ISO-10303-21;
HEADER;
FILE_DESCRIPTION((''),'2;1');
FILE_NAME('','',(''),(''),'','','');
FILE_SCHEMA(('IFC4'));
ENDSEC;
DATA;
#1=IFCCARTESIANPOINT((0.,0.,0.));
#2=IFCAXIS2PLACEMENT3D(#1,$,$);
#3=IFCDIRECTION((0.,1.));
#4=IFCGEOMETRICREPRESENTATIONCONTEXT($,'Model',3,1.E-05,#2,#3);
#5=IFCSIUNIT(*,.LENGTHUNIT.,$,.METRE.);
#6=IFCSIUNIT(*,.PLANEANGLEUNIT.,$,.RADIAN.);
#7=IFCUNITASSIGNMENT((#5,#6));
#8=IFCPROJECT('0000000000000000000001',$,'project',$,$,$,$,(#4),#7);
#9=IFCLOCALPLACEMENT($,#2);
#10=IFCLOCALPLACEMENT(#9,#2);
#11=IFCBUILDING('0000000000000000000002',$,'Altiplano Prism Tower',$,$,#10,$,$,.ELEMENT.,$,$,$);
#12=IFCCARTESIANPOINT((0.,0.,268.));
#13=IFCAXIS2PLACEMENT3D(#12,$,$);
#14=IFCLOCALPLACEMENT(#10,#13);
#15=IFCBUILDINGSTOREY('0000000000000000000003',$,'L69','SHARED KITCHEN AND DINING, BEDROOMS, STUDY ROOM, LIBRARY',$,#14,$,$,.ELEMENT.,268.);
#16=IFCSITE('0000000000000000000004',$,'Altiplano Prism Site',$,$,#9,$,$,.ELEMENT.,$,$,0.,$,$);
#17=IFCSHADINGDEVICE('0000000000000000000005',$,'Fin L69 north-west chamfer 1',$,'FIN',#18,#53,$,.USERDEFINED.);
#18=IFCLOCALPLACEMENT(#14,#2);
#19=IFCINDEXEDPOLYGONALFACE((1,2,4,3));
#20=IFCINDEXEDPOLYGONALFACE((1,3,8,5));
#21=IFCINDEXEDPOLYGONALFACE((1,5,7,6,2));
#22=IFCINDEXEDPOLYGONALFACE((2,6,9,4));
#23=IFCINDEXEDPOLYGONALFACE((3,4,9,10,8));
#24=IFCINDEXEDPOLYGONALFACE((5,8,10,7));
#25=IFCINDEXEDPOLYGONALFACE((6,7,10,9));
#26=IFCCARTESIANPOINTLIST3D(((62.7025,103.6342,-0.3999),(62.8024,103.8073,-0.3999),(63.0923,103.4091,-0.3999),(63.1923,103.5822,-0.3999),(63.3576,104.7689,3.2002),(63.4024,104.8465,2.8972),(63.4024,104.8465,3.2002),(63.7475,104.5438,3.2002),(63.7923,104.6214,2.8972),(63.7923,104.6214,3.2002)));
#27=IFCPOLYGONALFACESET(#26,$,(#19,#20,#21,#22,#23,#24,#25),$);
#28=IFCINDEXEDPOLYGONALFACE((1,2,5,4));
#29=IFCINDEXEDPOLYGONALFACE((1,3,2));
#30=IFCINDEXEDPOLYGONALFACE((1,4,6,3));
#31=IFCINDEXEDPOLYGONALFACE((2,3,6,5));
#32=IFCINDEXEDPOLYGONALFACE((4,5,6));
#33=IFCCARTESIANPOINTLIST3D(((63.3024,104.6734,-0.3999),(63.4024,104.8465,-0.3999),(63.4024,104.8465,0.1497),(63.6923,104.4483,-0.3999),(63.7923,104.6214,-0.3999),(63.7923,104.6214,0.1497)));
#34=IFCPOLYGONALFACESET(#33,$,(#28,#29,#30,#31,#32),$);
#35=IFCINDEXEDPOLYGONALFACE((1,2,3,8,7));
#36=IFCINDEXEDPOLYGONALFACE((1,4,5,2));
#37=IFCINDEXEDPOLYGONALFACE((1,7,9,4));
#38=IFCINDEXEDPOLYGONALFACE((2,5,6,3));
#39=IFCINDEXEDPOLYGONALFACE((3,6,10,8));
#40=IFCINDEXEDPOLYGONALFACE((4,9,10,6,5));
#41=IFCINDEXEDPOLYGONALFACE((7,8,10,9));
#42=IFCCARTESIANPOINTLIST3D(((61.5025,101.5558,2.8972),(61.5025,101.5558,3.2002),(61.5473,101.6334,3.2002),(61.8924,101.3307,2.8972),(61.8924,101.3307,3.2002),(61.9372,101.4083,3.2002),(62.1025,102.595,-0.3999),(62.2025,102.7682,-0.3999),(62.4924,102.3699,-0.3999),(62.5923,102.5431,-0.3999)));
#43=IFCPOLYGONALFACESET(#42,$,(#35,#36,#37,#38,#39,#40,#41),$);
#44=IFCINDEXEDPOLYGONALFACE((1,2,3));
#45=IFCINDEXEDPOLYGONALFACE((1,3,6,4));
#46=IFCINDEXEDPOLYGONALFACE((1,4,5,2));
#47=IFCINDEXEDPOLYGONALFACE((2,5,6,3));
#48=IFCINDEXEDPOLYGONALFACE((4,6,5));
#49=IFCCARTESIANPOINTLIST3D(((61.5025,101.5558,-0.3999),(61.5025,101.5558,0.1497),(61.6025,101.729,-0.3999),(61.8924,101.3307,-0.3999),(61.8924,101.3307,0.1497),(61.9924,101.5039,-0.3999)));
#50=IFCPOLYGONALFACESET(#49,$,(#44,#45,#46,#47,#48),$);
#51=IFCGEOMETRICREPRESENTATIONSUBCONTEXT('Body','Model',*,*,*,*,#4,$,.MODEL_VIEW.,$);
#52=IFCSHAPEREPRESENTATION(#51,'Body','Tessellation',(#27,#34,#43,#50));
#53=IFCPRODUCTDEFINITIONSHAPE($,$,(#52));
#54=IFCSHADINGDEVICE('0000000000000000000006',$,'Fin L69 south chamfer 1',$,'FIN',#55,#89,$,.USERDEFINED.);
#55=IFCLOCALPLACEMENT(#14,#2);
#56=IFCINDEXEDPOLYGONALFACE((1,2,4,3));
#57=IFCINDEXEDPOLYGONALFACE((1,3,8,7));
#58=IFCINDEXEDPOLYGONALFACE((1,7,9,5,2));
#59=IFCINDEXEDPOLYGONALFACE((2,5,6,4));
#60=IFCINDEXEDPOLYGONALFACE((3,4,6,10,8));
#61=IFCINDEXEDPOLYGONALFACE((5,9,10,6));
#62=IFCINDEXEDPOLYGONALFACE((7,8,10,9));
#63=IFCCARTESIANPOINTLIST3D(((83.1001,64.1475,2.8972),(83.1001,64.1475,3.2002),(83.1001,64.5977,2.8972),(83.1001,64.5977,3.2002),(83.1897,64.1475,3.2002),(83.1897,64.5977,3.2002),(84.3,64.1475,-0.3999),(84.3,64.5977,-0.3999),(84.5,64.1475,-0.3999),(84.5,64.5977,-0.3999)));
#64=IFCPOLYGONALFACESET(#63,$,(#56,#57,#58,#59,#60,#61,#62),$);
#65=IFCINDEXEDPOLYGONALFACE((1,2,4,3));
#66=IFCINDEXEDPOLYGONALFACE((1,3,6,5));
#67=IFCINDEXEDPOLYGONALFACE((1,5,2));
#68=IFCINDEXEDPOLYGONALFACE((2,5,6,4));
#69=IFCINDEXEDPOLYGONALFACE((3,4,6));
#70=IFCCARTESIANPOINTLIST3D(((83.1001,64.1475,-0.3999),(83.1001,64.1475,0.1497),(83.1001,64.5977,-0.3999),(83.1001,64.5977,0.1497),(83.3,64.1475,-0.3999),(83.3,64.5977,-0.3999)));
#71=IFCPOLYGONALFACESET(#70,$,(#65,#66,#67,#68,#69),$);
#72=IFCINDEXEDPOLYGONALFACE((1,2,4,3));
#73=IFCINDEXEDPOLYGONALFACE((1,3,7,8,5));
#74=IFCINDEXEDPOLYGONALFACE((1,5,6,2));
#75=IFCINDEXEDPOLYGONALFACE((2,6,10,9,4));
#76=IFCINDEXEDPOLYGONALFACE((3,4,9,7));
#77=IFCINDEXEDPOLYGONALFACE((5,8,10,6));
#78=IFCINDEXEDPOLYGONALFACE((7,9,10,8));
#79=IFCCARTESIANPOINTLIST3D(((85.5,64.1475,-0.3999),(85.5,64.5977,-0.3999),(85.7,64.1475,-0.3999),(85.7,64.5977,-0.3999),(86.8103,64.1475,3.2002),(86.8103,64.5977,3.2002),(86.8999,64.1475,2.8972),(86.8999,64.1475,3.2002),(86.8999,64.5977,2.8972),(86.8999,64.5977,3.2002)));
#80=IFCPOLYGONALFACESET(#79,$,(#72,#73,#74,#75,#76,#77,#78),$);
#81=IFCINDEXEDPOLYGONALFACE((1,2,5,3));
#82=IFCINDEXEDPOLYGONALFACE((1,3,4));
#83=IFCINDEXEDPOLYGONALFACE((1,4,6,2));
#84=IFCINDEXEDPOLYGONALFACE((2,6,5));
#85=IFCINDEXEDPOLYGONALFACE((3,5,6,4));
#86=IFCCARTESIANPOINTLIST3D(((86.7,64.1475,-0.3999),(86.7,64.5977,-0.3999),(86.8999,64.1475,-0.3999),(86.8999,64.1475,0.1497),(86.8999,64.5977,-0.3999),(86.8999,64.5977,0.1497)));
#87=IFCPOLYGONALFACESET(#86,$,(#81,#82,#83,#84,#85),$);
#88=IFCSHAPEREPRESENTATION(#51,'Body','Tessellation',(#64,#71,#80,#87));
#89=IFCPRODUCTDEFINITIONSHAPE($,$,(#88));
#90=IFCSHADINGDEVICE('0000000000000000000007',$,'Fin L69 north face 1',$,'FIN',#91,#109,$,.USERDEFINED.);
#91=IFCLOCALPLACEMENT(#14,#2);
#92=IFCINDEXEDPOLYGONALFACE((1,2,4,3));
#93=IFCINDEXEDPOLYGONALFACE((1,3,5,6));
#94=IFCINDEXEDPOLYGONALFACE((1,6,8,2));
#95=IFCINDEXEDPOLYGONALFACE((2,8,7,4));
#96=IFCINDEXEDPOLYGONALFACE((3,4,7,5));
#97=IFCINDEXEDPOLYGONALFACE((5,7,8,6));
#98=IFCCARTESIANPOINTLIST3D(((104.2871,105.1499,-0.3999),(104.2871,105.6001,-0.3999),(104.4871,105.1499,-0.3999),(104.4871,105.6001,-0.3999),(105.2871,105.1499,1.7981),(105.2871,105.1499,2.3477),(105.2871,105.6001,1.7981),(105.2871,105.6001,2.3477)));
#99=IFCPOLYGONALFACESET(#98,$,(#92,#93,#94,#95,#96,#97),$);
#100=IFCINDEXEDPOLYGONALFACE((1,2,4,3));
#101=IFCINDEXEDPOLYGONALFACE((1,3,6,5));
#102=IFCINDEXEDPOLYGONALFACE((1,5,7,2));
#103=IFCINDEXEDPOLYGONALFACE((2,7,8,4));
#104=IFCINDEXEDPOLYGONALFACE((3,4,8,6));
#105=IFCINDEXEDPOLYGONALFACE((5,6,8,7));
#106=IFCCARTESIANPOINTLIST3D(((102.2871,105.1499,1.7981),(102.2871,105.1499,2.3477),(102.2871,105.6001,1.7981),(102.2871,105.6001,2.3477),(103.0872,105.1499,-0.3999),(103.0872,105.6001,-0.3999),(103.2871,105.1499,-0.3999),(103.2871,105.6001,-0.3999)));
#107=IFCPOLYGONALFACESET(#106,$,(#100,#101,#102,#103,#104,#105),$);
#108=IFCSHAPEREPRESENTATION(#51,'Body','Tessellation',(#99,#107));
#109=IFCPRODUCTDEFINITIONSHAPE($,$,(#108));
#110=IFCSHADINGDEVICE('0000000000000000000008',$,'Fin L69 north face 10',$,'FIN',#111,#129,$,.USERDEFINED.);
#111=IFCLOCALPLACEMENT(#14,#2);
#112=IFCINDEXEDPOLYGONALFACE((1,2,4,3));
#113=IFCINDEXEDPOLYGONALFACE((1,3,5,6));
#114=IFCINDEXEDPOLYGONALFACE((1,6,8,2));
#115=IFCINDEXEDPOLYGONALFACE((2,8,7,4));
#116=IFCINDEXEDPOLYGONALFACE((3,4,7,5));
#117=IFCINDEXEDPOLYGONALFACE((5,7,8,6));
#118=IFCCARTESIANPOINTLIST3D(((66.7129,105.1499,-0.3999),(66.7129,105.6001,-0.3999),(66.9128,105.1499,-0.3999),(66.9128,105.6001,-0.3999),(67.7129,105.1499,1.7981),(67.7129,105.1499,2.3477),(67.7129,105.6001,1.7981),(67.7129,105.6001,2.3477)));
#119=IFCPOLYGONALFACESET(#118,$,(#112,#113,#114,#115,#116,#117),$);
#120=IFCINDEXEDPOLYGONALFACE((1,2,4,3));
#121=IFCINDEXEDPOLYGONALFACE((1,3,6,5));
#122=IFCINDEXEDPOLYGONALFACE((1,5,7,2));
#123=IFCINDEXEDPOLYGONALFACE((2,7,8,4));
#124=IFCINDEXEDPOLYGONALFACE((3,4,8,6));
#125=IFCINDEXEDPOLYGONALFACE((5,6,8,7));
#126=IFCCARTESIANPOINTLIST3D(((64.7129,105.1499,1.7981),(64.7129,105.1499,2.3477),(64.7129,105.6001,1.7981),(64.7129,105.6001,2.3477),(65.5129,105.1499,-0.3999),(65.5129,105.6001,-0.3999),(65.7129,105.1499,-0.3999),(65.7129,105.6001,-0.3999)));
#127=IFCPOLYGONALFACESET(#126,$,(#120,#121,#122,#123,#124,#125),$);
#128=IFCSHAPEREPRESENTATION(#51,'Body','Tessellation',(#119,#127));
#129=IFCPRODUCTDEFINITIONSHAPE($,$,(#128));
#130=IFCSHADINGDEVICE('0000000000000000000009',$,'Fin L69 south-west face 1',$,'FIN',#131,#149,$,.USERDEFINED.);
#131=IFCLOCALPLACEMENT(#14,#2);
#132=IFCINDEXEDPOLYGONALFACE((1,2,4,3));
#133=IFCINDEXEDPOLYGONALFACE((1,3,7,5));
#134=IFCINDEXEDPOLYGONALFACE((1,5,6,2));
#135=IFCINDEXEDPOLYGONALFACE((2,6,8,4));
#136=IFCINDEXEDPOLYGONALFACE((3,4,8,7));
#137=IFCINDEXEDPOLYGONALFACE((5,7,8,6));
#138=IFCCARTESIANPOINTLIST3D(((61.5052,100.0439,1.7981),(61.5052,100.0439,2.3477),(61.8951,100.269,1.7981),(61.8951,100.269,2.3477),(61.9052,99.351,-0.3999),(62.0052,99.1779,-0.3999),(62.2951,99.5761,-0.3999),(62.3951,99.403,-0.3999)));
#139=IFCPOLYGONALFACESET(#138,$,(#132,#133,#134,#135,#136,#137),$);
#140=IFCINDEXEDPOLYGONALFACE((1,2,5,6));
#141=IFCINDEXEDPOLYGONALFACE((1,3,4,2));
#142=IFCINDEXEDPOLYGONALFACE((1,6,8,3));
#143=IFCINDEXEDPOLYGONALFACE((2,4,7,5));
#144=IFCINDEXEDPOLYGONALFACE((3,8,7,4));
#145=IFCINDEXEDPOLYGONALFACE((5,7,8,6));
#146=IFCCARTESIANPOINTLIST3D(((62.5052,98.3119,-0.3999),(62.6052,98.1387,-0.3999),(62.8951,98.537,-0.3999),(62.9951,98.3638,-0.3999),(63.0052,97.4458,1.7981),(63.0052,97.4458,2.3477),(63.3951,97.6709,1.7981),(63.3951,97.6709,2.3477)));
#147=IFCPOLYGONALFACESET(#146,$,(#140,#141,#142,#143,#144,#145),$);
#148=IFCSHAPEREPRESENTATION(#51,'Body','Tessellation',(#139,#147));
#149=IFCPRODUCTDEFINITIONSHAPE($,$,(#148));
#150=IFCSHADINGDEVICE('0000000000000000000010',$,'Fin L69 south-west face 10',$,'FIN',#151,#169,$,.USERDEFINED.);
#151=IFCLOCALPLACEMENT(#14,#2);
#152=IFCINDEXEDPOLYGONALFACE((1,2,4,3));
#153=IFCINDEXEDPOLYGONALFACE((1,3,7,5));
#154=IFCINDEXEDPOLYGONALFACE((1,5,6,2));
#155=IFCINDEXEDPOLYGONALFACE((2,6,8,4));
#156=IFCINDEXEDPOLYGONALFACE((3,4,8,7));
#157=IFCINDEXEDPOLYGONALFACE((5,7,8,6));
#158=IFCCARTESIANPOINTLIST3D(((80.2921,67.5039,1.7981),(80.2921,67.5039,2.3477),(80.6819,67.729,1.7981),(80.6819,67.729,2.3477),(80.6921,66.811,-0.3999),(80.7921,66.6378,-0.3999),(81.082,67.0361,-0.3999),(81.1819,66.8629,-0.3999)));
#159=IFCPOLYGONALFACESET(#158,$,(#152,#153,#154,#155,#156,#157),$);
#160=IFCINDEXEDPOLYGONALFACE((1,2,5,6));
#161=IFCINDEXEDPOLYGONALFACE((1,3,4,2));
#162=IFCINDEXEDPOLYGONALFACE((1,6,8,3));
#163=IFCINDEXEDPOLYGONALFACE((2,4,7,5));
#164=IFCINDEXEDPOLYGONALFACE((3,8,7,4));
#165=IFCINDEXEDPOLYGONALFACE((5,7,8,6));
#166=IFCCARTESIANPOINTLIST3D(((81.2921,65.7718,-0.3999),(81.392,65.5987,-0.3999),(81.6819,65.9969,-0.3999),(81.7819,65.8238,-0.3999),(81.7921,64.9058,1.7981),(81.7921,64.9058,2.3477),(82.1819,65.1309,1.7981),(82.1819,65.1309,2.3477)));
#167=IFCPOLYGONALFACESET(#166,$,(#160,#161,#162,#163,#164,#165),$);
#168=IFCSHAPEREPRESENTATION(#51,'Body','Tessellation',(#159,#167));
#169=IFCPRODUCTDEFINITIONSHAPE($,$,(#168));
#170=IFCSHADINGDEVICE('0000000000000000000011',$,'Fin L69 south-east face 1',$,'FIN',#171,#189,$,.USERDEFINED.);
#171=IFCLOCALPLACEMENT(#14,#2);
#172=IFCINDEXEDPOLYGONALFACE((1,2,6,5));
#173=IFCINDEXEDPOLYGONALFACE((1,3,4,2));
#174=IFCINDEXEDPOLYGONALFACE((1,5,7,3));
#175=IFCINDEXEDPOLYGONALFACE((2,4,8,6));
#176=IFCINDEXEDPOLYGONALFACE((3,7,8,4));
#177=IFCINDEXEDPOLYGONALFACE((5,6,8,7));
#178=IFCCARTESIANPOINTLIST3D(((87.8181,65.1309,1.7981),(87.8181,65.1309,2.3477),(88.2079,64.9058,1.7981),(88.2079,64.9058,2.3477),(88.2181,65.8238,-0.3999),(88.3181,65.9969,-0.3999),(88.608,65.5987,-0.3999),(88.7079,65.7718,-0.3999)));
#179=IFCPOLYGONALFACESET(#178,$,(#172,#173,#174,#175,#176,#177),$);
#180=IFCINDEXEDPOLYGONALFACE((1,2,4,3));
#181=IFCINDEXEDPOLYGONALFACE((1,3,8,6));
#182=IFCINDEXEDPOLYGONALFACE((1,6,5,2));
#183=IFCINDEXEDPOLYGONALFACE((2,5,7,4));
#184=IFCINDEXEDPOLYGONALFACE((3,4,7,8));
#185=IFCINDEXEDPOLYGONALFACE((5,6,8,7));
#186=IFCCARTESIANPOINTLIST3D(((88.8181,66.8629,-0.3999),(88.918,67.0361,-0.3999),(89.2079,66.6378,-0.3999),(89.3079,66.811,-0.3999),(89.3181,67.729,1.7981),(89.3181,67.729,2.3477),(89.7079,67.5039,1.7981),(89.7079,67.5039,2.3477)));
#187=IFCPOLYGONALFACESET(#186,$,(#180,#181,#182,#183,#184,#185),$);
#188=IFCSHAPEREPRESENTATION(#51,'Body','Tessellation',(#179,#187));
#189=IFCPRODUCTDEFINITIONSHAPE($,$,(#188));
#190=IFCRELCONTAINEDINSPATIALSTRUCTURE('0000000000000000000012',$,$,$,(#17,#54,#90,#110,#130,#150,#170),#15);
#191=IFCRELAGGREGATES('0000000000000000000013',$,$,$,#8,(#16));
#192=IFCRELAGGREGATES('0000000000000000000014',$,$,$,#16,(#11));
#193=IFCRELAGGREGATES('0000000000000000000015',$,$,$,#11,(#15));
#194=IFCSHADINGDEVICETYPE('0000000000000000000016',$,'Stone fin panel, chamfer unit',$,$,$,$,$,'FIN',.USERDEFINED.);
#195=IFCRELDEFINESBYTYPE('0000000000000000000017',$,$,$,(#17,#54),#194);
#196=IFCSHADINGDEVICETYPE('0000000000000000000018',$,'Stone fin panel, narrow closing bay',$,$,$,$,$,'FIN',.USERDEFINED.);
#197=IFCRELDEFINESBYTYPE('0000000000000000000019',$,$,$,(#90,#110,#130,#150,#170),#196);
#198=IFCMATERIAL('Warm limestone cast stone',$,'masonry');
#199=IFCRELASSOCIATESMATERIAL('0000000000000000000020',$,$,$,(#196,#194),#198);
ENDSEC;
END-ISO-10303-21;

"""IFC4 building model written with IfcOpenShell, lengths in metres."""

from ifc_helpers import new_model, si_unit, direction, frame, origin, place, context, subcontext, project, spatial, polyline, outline, extrude, source, transform, mapped, material, type_object, element, save


model = new_model("IFC4")

# Units and contexts
model_context = context("Model", 3, precision=1e-05, world=origin(), true_north=direction((0.0, 1.0)))
body_context = subcontext(model_context, "Body", "Model", "MODEL_VIEW")
ifc_project = project(units=[si_unit("LENGTHUNIT", "METRE"), si_unit("PLANEANGLEUNIT", "RADIAN")], contexts=[model_context])

# Site, building, storey
site_placement = place(None, origin())
site = spatial("IfcSite", under=ifc_project, at=site_placement, Name="Altiplano Prism Site", CompositionType="ELEMENT", RefElevation=0.0)
building_placement = place(site_placement, origin())
building = spatial("IfcBuilding", under=site, at=building_placement, Name="Altiplano Prism Tower", CompositionType="ELEMENT")
storey_placement = place(building_placement, frame((0.0, 0.0, 268.0)))
storey = spatial("IfcBuildingStorey", under=building, at=storey_placement, Name="L69", Description="SHARED KITCHEN AND DINING, BEDROOMS, STUDY ROOM, LIBRARY", CompositionType="ELEMENT", Elevation=268.0)

# Shading devices
ifc_material_1 = material(Name="Warm limestone cast stone", Category="masonry")
shading_device_type_1 = type_object("IfcShadingDeviceType", Name="Stone fin panel, narrow closing bay", ElementType="FIN", PredefinedType="USERDEFINED", material=ifc_material_1)
shading_device_type_2 = type_object("IfcShadingDeviceType", Name="Stone fin panel, chamfer unit", ElementType="FIN", PredefinedType="USERDEFINED", material=ifc_material_1)
shared_shape_1 = source(origin(), body_context, "Body", "SweptSolid", [
    extrude(outline(polyline([(-1.8999, 3.6001), (-1.8999, 3.2971), (-0.7, 0.0), (-0.5, 0.0), (-1.8103, 3.6001), (-1.8999, 3.6001)])), frame((0.0, -0.1499, 0.0), z_axis=(0.0, -1.0, 0.0), x_axis=(1.0, 0.0, 0.0)), (0.0, 0.0, 1.0), 0.4502),
    extrude(outline(polyline([(-1.8999, 0.5496), (-1.8999, 0.0), (-1.7, 0.0), (-1.8999, 0.5496)])), frame((0.0, -0.1499, 0.0), z_axis=(0.0, -1.0, 0.0), x_axis=(1.0, 0.0, 0.0)), (0.0, 0.0, 1.0), 0.4502),
    extrude(outline(polyline([(1.8103, 3.6001), (0.5, 0.0), (0.7, 0.0), (1.8999, 3.2971), (1.8999, 3.6001), (1.8103, 3.6001)])), frame((0.0, -0.1499, 0.0), z_axis=(0.0, -1.0, 0.0), x_axis=(1.0, 0.0, 0.0)), (0.0, 0.0, 1.0), 0.4502),
    extrude(outline(polyline([(1.8999, 0.0), (1.8999, 0.5496), (1.7, 0.0), (1.8999, 0.0)])), frame((0.0, -0.1499, 0.0), z_axis=(0.0, -1.0, 0.0), x_axis=(1.0, 0.0, 0.0)), (0.0, 0.0, 1.0), 0.4502),
])
shading_device_1_placement = place(storey_placement, origin())
element("IfcShadingDevice", 1, at=shading_device_1_placement, inside=storey, type_object=shading_device_type_2, Name="Fin L69 north-west chamfer 1", ObjectType="FIN", PredefinedType="USERDEFINED", context=body_context, shape_type="MappedRepresentation", body=[
    mapped(shared_shape_1, transform((62.9722, 102.9011, -0.3999), x_axis=(-0.5, -0.866025, 0.0), y_axis=(0.866025, -0.5, 0.0), z_axis=(0.0, 0.0, 1.0))),
])
shading_device_2_placement = place(storey_placement, origin())
element("IfcShadingDevice", 2, at=shading_device_2_placement, inside=storey, type_object=shading_device_type_2, Name="Fin L69 south chamfer 1", ObjectType="FIN", PredefinedType="USERDEFINED", context=body_context, shape_type="MappedRepresentation", body=[
    mapped(shared_shape_1, transform((85.0, 64.7476, -0.3999), x_axis=(1.0, 0.0, 0.0), y_axis=(0.0, 1.0, 0.0), z_axis=(0.0, 0.0, 1.0))),
])
shared_shape_2 = source(origin(), body_context, "Body", "SweptSolid", [
    extrude(outline(polyline([(-1.5, 2.7476), (-1.5, 2.198), (-0.7, 0.0), (-0.5, 0.0), (-1.5, 2.7476)])), frame((0.0, -0.1499, 0.0), z_axis=(0.0, -1.0, 0.0), x_axis=(1.0, 0.0, 0.0)), (0.0, 0.0, 1.0), 0.4502),
    extrude(outline(polyline([(1.5, 2.198), (1.5, 2.7476), (0.5, 0.0), (0.7, 0.0), (1.5, 2.198)])), frame((0.0, -0.1499, 0.0), z_axis=(0.0, -1.0, 0.0), x_axis=(1.0, 0.0, 0.0)), (0.0, 0.0, 1.0), 0.4502),
])
shading_device_3_placement = place(storey_placement, origin())
element("IfcShadingDevice", 3, at=shading_device_3_placement, inside=storey, type_object=shading_device_type_1, Name="Fin L69 north face 1", ObjectType="FIN", PredefinedType="USERDEFINED", context=body_context, shape_type="MappedRepresentation", body=[
    mapped(shared_shape_2, transform((103.7871, 105.0, -0.3999), x_axis=(-1.0, 0.0, 0.0), y_axis=(0.0, -1.0, 0.0), z_axis=(0.0, 0.0, 1.0))),
])
shading_device_4_placement = place(storey_placement, origin())
element("IfcShadingDevice", 4, at=shading_device_4_placement, inside=storey, type_object=shading_device_type_1, Name="Fin L69 north face 10", ObjectType="FIN", PredefinedType="USERDEFINED", context=body_context, shape_type="MappedRepresentation", body=[
    mapped(shared_shape_2, transform((66.2129, 105.0, -0.3999), x_axis=(-1.0, 0.0, 0.0), y_axis=(0.0, -1.0, 0.0), z_axis=(0.0, 0.0, 1.0))),
])
shading_device_5_placement = place(storey_placement, origin())
element("IfcShadingDevice", 5, at=shading_device_5_placement, inside=storey, type_object=shading_device_type_1, Name="Fin L69 south-west face 1", ObjectType="FIN", PredefinedType="USERDEFINED", context=body_context, shape_type="MappedRepresentation", body=[
    mapped(shared_shape_2, transform((62.7749, 99.0449, -0.3999), x_axis=(0.5, -0.866025, 0.0), y_axis=(0.866025, 0.5, 0.0), z_axis=(0.0, 0.0, 1.0))),
])
shading_device_6_placement = place(storey_placement, origin())
element("IfcShadingDevice", 6, at=shading_device_6_placement, inside=storey, type_object=shading_device_type_1, Name="Fin L69 south-west face 10", ObjectType="FIN", PredefinedType="USERDEFINED", context=body_context, shape_type="MappedRepresentation", body=[
    mapped(shared_shape_2, transform((81.5618, 66.5049, -0.3999), x_axis=(0.5, -0.866025, 0.0), y_axis=(0.866025, 0.5, 0.0), z_axis=(0.0, 0.0, 1.0))),
])
shading_device_7_placement = place(storey_placement, origin())
element("IfcShadingDevice", 7, at=shading_device_7_placement, inside=storey, type_object=shading_device_type_1, Name="Fin L69 south-east face 1", ObjectType="FIN", PredefinedType="USERDEFINED", context=body_context, shape_type="MappedRepresentation", body=[
    mapped(shared_shape_2, transform((88.4382, 66.5049, -0.3999), x_axis=(0.5, 0.866025, 0.0), y_axis=(-0.866025, 0.5, 0.0), z_axis=(0.0, 0.0, 1.0))),
])

save(model, "model.ifc")
